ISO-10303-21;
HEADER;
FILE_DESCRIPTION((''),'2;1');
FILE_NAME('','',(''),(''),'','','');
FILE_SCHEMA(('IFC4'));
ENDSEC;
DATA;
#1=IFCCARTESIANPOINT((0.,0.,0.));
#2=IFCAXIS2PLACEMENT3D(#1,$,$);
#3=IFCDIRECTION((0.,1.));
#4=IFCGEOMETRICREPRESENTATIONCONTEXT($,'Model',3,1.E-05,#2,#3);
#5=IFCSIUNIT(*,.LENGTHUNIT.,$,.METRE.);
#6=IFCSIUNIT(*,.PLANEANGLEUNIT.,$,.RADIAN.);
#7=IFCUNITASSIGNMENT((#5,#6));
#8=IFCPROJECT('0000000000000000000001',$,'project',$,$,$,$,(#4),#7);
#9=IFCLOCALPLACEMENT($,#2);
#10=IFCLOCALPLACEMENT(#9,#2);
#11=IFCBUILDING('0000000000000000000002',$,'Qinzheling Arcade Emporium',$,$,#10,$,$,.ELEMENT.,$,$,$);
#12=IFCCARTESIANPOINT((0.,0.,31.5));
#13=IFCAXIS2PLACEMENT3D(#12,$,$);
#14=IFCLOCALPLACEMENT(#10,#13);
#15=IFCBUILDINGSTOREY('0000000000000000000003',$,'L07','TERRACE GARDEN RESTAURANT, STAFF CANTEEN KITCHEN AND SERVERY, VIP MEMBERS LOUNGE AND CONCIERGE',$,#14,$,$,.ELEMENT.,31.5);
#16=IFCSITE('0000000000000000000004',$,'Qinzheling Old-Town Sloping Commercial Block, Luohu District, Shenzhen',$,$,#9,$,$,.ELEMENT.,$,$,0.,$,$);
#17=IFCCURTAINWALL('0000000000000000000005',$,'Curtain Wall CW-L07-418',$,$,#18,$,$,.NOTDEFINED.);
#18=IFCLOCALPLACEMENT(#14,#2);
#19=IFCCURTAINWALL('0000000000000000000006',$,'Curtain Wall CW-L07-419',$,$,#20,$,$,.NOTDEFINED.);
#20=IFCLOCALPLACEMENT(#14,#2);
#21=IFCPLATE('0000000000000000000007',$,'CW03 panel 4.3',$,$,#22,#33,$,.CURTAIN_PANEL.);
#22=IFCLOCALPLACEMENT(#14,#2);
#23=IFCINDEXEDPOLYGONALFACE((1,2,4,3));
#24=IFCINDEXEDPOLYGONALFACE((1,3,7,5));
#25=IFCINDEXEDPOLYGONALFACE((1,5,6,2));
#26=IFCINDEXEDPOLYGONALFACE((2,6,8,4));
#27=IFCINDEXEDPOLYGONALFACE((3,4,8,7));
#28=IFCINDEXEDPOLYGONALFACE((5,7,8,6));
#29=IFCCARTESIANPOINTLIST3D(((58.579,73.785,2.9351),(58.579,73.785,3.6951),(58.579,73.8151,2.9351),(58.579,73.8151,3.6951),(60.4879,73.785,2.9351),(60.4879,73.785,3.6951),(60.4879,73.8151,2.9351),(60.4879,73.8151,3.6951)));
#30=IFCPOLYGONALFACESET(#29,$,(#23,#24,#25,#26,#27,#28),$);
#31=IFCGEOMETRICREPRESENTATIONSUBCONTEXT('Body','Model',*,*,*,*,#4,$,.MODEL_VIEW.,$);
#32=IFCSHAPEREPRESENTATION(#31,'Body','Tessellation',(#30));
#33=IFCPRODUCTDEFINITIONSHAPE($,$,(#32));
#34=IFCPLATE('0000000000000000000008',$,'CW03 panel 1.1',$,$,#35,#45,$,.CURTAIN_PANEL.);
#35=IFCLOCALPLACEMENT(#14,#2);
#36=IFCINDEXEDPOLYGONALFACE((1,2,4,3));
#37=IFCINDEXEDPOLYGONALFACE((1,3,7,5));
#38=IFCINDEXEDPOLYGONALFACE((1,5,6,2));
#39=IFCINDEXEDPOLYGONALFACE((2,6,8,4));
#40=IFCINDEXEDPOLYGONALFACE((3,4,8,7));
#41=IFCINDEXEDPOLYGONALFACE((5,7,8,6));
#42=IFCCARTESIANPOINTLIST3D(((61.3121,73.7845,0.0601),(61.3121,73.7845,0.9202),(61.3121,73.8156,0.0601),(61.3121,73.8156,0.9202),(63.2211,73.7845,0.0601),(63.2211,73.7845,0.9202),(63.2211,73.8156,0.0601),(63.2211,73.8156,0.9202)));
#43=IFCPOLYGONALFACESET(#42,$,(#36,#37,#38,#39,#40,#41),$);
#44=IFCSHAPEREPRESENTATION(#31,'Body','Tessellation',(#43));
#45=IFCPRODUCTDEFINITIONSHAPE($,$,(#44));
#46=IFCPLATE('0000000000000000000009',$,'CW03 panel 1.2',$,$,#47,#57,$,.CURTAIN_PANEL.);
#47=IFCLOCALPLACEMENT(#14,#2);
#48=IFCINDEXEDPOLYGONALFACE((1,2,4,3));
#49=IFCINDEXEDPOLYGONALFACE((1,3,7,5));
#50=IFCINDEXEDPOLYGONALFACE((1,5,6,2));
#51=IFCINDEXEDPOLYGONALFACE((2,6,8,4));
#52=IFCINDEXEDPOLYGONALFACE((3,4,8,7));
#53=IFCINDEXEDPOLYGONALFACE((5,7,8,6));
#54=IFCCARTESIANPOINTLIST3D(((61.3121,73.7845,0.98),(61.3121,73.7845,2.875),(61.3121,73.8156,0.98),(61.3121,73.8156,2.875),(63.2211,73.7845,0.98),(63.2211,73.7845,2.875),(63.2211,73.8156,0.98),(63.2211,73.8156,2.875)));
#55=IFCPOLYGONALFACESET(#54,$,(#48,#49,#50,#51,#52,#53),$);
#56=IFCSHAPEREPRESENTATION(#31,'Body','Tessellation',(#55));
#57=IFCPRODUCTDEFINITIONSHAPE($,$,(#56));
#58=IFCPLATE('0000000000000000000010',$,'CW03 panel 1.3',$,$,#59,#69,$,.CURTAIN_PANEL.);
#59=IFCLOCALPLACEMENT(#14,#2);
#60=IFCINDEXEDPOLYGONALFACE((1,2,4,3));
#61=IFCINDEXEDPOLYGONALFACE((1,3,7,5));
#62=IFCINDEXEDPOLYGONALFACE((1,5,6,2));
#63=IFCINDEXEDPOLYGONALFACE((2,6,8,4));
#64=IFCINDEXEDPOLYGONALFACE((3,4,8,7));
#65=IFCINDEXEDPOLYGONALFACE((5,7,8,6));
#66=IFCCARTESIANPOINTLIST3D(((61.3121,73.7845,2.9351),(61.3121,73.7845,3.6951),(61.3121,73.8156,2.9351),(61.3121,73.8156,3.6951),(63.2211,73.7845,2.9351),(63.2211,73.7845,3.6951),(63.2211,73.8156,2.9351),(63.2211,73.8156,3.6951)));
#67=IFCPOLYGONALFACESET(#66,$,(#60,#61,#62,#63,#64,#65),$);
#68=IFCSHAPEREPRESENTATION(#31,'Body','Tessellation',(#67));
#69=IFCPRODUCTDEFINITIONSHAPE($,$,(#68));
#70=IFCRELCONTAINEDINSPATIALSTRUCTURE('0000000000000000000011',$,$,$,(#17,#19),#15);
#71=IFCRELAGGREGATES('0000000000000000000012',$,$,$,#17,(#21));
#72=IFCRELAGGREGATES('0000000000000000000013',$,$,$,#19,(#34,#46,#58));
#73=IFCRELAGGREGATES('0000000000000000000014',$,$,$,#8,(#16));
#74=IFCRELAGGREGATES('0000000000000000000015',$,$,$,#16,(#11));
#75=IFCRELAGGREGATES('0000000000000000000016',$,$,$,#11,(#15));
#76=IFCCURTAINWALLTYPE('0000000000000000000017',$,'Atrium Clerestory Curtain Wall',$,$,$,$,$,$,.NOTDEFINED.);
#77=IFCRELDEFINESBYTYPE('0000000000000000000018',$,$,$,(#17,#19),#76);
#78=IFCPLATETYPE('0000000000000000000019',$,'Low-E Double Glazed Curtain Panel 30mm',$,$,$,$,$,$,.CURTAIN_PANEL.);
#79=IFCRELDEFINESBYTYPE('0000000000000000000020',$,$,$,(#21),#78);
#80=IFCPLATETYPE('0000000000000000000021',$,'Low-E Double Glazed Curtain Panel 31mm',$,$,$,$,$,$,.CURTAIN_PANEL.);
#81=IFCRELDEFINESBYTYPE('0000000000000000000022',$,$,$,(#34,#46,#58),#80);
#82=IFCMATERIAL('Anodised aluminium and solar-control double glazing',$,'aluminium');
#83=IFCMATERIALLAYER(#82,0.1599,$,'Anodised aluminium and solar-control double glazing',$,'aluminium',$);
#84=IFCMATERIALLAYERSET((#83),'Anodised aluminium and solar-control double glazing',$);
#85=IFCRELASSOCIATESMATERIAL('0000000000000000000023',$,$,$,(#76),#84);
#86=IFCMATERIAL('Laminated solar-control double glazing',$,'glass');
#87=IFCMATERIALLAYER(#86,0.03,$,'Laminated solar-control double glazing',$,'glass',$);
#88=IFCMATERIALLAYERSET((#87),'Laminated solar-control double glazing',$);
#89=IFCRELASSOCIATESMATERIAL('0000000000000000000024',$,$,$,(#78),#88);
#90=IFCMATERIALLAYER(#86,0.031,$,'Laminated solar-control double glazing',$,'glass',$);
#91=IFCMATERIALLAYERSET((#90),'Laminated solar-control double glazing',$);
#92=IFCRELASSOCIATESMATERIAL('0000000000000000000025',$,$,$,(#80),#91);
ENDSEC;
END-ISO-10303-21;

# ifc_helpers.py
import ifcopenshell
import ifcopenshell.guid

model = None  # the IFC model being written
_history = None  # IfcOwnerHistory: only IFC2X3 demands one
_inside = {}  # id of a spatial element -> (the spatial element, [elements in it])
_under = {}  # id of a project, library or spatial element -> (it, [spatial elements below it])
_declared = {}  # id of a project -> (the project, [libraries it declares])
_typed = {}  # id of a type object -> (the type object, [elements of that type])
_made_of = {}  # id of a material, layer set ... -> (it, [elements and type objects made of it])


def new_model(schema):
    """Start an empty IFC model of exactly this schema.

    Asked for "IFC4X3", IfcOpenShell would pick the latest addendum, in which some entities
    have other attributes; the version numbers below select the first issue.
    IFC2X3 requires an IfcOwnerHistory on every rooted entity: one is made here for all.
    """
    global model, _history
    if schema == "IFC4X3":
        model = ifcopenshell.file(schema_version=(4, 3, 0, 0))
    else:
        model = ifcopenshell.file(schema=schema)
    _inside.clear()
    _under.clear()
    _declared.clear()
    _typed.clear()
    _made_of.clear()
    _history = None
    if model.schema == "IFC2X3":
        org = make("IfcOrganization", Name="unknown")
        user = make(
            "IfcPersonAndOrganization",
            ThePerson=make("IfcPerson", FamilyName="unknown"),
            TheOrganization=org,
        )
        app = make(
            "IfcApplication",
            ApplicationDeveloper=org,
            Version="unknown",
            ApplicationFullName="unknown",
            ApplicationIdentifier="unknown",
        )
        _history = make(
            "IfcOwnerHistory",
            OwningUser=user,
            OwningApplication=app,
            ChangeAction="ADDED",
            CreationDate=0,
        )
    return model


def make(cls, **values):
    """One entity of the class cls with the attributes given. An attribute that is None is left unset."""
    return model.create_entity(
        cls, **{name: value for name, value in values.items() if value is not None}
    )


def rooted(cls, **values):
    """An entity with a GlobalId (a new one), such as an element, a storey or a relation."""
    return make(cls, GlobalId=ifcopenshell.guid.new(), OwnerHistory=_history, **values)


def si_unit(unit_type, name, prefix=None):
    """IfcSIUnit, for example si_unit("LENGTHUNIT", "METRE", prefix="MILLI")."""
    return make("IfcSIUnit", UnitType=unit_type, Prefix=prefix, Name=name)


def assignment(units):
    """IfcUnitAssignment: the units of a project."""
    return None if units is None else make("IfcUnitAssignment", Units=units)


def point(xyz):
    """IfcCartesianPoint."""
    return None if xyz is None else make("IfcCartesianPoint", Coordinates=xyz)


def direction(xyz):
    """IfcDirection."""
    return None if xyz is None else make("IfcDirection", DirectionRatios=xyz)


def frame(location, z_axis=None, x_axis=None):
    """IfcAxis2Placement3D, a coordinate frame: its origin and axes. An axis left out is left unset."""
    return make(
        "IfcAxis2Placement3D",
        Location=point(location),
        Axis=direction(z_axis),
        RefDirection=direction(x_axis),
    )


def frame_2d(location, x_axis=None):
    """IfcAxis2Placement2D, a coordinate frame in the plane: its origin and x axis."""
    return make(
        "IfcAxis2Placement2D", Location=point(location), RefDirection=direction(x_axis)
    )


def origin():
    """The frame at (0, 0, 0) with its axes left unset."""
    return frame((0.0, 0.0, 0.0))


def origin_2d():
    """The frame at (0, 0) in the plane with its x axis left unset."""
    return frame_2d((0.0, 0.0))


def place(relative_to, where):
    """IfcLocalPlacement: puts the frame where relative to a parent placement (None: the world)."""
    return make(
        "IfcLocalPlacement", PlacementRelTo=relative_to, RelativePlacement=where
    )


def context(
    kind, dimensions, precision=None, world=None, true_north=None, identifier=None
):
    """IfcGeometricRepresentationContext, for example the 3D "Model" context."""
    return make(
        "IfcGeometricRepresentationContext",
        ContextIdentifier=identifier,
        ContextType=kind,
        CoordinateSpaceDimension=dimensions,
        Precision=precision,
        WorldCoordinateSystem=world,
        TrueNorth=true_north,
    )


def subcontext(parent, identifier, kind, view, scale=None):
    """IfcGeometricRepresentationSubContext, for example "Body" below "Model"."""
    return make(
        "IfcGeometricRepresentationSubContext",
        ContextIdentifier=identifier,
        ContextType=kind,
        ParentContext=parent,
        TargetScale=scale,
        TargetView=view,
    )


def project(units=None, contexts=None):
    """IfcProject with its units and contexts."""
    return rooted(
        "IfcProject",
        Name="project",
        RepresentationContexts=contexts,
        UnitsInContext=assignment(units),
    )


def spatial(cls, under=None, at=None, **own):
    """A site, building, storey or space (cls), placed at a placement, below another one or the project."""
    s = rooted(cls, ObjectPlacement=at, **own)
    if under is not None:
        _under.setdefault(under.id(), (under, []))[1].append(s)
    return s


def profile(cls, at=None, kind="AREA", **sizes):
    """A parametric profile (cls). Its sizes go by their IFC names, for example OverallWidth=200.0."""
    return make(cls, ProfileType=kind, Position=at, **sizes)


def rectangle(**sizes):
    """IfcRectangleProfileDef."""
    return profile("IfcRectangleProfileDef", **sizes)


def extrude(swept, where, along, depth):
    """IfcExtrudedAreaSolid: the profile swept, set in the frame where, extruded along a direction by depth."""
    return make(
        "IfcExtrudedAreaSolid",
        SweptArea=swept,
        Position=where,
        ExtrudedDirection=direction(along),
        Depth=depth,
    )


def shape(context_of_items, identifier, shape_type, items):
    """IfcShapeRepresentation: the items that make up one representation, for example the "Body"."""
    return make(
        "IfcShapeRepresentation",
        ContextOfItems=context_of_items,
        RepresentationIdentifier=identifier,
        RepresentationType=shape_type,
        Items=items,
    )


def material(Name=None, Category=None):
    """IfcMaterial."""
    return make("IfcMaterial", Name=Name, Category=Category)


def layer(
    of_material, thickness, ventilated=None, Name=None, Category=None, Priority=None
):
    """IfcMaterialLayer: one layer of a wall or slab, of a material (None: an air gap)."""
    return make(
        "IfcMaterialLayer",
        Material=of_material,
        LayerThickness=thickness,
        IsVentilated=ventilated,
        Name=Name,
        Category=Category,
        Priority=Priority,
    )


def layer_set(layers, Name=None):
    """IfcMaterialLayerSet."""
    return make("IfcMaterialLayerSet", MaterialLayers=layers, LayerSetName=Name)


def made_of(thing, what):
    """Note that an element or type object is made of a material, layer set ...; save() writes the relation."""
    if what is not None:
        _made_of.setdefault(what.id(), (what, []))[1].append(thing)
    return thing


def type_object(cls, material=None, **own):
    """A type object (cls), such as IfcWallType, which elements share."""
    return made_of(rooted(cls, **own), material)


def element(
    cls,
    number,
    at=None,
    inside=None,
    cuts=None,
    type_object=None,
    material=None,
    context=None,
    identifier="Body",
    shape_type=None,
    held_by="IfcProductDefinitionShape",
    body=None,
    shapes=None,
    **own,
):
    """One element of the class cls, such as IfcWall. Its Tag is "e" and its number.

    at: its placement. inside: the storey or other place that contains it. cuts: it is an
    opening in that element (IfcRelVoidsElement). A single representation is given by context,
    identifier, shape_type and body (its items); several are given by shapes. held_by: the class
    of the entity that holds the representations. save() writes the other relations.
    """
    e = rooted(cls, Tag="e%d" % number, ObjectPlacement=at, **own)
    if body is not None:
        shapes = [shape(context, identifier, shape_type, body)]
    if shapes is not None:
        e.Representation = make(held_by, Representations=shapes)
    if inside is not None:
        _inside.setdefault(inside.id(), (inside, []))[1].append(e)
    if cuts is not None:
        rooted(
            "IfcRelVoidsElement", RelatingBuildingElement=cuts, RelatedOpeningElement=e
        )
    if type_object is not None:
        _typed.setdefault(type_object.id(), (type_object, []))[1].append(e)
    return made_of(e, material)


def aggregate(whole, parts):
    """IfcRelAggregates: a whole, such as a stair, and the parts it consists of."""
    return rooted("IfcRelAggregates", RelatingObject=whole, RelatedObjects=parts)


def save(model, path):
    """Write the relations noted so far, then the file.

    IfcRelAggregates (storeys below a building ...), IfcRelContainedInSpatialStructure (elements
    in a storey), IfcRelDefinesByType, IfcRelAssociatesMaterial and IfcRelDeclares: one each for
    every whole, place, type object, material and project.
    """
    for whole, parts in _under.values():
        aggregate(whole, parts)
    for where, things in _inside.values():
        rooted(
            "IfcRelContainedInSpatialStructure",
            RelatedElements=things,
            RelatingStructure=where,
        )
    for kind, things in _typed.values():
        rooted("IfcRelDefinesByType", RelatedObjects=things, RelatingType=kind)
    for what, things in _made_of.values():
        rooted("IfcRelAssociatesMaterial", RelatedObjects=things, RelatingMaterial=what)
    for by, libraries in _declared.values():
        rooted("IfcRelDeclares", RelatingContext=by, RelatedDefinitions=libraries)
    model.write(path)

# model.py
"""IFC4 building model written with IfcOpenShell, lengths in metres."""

from ifc_helpers import new_model, si_unit, direction, frame, origin, origin_2d, place, context, subcontext, project, spatial, rectangle, extrude, material, layer, layer_set, type_object, element, aggregate, save


model = new_model("IFC4")

# Units and contexts
model_context = context("Model", 3, precision=1e-05, world=origin(), true_north=direction((0.0, 1.0)))
body_context = subcontext(model_context, "Body", "Model", "MODEL_VIEW")
ifc_project = project(units=[si_unit("LENGTHUNIT", "METRE"), si_unit("PLANEANGLEUNIT", "RADIAN")], contexts=[model_context])

# Site, building, storey
site_placement = place(None, origin())
site = spatial("IfcSite", under=ifc_project, at=site_placement, Name="Qinzheling Old-Town Sloping Commercial Block, Luohu District, Shenzhen", CompositionType="ELEMENT", RefElevation=0.0)
building_placement = place(site_placement, origin())
building = spatial("IfcBuilding", under=site, at=building_placement, Name="Qinzheling Arcade Emporium", CompositionType="ELEMENT")
storey_placement = place(building_placement, frame((0.0, 0.0, 31.5)))
storey = spatial("IfcBuildingStorey", under=building, at=storey_placement, Name="L07", Description="TERRACE GARDEN RESTAURANT, STAFF CANTEEN KITCHEN AND SERVERY, VIP MEMBERS LOUNGE AND CONCIERGE", CompositionType="ELEMENT", Elevation=31.5)

# Curtain walls
ifc_material_1 = material(Name="Anodised aluminium and solar-control double glazing", Category="aluminium")
ifc_layer_1 = layer(ifc_material_1, 0.1599, Name="Anodised aluminium and solar-control double glazing", Category="aluminium")
ifc_layer_set_1 = layer_set([ifc_layer_1], Name="Anodised aluminium and solar-control double glazing")
curtain_wall_type = type_object("IfcCurtainWallType", Name="Atrium Clerestory Curtain Wall", PredefinedType="NOTDEFINED", material=ifc_layer_set_1)
curtain_wall_1_placement = place(storey_placement, origin())
curtain_wall_1 = element("IfcCurtainWall", 1, at=curtain_wall_1_placement, inside=storey, type_object=curtain_wall_type, Name="Curtain Wall CW-L07-418", PredefinedType="NOTDEFINED")
curtain_wall_2_placement = place(storey_placement, origin())
curtain_wall_2 = element("IfcCurtainWall", 2, at=curtain_wall_2_placement, inside=storey, type_object=curtain_wall_type, Name="Curtain Wall CW-L07-419", PredefinedType="NOTDEFINED")

# Plates
ifc_material_2 = material(Name="Laminated solar-control double glazing", Category="glass")
ifc_layer_2 = layer(ifc_material_2, 0.03, Name="Laminated solar-control double glazing", Category="glass")
ifc_layer_set_2 = layer_set([ifc_layer_2], Name="Laminated solar-control double glazing")
plate_type_1 = type_object("IfcPlateType", Name="Low-E Double Glazed Curtain Panel 30mm", PredefinedType="CURTAIN_PANEL", material=ifc_layer_set_2)
plate_1_placement = place(storey_placement, frame((59.5334, 73.8, 2.9351), z_axis=(0.0, 0.0, 1.0), x_axis=(1.0, 0.0, 0.0)))
plate_1 = element("IfcPlate", 3, at=plate_1_placement, type_object=plate_type_1, Name="CW03 panel 4.3", PredefinedType="CURTAIN_PANEL", context=body_context, shape_type="SweptSolid", body=[
    extrude(rectangle(XDim=1.9089, YDim=0.03, at=origin_2d()), origin(), (0.0, 0.0, 1.0), 0.76),
])
aggregate(curtain_wall_1, [plate_1])
ifc_layer_3 = layer(ifc_material_2, 0.031, Name="Laminated solar-control double glazing", Category="glass")
ifc_layer_set_3 = layer_set([ifc_layer_3], Name="Laminated solar-control double glazing")
plate_type_2 = type_object("IfcPlateType", Name="Low-E Double Glazed Curtain Panel 31mm", PredefinedType="CURTAIN_PANEL", material=ifc_layer_set_3)
plate_2_placement = place(storey_placement, frame((62.2666, 73.8, 0.0601), z_axis=(0.0, 0.0, 1.0), x_axis=(1.0, 0.0, 0.0)))
plate_2 = element("IfcPlate", 4, at=plate_2_placement, type_object=plate_type_2, Name="CW03 panel 1.1", PredefinedType="CURTAIN_PANEL", context=body_context, shape_type="SweptSolid", body=[
    extrude(rectangle(XDim=1.9089, YDim=0.031, at=origin_2d()), origin(), (0.0, 0.0, 1.0), 0.8601),
])
plate_3_placement = place(storey_placement, frame((62.2666, 73.8, 0.98), z_axis=(0.0, 0.0, 1.0), x_axis=(1.0, 0.0, 0.0)))
plate_3 = element("IfcPlate", 5, at=plate_3_placement, type_object=plate_type_2, Name="CW03 panel 1.2", PredefinedType="CURTAIN_PANEL", context=body_context, shape_type="SweptSolid", body=[
    extrude(rectangle(XDim=1.9089, YDim=0.031, at=origin_2d()), origin(), (0.0, 0.0, 1.0), 1.895),
])
plate_4_placement = place(storey_placement, frame((62.2666, 73.8, 2.9351), z_axis=(0.0, 0.0, 1.0), x_axis=(1.0, 0.0, 0.0)))
plate_4 = element("IfcPlate", 6, at=plate_4_placement, type_object=plate_type_2, Name="CW03 panel 1.3", PredefinedType="CURTAIN_PANEL", context=body_context, shape_type="SweptSolid", body=[
    extrude(rectangle(XDim=1.9089, YDim=0.031, at=origin_2d()), origin(), (0.0, 0.0, 1.0), 0.76),
])
aggregate(curtain_wall_2, [plate_2, plate_3, plate_4])

save(model, "model.ifc")
